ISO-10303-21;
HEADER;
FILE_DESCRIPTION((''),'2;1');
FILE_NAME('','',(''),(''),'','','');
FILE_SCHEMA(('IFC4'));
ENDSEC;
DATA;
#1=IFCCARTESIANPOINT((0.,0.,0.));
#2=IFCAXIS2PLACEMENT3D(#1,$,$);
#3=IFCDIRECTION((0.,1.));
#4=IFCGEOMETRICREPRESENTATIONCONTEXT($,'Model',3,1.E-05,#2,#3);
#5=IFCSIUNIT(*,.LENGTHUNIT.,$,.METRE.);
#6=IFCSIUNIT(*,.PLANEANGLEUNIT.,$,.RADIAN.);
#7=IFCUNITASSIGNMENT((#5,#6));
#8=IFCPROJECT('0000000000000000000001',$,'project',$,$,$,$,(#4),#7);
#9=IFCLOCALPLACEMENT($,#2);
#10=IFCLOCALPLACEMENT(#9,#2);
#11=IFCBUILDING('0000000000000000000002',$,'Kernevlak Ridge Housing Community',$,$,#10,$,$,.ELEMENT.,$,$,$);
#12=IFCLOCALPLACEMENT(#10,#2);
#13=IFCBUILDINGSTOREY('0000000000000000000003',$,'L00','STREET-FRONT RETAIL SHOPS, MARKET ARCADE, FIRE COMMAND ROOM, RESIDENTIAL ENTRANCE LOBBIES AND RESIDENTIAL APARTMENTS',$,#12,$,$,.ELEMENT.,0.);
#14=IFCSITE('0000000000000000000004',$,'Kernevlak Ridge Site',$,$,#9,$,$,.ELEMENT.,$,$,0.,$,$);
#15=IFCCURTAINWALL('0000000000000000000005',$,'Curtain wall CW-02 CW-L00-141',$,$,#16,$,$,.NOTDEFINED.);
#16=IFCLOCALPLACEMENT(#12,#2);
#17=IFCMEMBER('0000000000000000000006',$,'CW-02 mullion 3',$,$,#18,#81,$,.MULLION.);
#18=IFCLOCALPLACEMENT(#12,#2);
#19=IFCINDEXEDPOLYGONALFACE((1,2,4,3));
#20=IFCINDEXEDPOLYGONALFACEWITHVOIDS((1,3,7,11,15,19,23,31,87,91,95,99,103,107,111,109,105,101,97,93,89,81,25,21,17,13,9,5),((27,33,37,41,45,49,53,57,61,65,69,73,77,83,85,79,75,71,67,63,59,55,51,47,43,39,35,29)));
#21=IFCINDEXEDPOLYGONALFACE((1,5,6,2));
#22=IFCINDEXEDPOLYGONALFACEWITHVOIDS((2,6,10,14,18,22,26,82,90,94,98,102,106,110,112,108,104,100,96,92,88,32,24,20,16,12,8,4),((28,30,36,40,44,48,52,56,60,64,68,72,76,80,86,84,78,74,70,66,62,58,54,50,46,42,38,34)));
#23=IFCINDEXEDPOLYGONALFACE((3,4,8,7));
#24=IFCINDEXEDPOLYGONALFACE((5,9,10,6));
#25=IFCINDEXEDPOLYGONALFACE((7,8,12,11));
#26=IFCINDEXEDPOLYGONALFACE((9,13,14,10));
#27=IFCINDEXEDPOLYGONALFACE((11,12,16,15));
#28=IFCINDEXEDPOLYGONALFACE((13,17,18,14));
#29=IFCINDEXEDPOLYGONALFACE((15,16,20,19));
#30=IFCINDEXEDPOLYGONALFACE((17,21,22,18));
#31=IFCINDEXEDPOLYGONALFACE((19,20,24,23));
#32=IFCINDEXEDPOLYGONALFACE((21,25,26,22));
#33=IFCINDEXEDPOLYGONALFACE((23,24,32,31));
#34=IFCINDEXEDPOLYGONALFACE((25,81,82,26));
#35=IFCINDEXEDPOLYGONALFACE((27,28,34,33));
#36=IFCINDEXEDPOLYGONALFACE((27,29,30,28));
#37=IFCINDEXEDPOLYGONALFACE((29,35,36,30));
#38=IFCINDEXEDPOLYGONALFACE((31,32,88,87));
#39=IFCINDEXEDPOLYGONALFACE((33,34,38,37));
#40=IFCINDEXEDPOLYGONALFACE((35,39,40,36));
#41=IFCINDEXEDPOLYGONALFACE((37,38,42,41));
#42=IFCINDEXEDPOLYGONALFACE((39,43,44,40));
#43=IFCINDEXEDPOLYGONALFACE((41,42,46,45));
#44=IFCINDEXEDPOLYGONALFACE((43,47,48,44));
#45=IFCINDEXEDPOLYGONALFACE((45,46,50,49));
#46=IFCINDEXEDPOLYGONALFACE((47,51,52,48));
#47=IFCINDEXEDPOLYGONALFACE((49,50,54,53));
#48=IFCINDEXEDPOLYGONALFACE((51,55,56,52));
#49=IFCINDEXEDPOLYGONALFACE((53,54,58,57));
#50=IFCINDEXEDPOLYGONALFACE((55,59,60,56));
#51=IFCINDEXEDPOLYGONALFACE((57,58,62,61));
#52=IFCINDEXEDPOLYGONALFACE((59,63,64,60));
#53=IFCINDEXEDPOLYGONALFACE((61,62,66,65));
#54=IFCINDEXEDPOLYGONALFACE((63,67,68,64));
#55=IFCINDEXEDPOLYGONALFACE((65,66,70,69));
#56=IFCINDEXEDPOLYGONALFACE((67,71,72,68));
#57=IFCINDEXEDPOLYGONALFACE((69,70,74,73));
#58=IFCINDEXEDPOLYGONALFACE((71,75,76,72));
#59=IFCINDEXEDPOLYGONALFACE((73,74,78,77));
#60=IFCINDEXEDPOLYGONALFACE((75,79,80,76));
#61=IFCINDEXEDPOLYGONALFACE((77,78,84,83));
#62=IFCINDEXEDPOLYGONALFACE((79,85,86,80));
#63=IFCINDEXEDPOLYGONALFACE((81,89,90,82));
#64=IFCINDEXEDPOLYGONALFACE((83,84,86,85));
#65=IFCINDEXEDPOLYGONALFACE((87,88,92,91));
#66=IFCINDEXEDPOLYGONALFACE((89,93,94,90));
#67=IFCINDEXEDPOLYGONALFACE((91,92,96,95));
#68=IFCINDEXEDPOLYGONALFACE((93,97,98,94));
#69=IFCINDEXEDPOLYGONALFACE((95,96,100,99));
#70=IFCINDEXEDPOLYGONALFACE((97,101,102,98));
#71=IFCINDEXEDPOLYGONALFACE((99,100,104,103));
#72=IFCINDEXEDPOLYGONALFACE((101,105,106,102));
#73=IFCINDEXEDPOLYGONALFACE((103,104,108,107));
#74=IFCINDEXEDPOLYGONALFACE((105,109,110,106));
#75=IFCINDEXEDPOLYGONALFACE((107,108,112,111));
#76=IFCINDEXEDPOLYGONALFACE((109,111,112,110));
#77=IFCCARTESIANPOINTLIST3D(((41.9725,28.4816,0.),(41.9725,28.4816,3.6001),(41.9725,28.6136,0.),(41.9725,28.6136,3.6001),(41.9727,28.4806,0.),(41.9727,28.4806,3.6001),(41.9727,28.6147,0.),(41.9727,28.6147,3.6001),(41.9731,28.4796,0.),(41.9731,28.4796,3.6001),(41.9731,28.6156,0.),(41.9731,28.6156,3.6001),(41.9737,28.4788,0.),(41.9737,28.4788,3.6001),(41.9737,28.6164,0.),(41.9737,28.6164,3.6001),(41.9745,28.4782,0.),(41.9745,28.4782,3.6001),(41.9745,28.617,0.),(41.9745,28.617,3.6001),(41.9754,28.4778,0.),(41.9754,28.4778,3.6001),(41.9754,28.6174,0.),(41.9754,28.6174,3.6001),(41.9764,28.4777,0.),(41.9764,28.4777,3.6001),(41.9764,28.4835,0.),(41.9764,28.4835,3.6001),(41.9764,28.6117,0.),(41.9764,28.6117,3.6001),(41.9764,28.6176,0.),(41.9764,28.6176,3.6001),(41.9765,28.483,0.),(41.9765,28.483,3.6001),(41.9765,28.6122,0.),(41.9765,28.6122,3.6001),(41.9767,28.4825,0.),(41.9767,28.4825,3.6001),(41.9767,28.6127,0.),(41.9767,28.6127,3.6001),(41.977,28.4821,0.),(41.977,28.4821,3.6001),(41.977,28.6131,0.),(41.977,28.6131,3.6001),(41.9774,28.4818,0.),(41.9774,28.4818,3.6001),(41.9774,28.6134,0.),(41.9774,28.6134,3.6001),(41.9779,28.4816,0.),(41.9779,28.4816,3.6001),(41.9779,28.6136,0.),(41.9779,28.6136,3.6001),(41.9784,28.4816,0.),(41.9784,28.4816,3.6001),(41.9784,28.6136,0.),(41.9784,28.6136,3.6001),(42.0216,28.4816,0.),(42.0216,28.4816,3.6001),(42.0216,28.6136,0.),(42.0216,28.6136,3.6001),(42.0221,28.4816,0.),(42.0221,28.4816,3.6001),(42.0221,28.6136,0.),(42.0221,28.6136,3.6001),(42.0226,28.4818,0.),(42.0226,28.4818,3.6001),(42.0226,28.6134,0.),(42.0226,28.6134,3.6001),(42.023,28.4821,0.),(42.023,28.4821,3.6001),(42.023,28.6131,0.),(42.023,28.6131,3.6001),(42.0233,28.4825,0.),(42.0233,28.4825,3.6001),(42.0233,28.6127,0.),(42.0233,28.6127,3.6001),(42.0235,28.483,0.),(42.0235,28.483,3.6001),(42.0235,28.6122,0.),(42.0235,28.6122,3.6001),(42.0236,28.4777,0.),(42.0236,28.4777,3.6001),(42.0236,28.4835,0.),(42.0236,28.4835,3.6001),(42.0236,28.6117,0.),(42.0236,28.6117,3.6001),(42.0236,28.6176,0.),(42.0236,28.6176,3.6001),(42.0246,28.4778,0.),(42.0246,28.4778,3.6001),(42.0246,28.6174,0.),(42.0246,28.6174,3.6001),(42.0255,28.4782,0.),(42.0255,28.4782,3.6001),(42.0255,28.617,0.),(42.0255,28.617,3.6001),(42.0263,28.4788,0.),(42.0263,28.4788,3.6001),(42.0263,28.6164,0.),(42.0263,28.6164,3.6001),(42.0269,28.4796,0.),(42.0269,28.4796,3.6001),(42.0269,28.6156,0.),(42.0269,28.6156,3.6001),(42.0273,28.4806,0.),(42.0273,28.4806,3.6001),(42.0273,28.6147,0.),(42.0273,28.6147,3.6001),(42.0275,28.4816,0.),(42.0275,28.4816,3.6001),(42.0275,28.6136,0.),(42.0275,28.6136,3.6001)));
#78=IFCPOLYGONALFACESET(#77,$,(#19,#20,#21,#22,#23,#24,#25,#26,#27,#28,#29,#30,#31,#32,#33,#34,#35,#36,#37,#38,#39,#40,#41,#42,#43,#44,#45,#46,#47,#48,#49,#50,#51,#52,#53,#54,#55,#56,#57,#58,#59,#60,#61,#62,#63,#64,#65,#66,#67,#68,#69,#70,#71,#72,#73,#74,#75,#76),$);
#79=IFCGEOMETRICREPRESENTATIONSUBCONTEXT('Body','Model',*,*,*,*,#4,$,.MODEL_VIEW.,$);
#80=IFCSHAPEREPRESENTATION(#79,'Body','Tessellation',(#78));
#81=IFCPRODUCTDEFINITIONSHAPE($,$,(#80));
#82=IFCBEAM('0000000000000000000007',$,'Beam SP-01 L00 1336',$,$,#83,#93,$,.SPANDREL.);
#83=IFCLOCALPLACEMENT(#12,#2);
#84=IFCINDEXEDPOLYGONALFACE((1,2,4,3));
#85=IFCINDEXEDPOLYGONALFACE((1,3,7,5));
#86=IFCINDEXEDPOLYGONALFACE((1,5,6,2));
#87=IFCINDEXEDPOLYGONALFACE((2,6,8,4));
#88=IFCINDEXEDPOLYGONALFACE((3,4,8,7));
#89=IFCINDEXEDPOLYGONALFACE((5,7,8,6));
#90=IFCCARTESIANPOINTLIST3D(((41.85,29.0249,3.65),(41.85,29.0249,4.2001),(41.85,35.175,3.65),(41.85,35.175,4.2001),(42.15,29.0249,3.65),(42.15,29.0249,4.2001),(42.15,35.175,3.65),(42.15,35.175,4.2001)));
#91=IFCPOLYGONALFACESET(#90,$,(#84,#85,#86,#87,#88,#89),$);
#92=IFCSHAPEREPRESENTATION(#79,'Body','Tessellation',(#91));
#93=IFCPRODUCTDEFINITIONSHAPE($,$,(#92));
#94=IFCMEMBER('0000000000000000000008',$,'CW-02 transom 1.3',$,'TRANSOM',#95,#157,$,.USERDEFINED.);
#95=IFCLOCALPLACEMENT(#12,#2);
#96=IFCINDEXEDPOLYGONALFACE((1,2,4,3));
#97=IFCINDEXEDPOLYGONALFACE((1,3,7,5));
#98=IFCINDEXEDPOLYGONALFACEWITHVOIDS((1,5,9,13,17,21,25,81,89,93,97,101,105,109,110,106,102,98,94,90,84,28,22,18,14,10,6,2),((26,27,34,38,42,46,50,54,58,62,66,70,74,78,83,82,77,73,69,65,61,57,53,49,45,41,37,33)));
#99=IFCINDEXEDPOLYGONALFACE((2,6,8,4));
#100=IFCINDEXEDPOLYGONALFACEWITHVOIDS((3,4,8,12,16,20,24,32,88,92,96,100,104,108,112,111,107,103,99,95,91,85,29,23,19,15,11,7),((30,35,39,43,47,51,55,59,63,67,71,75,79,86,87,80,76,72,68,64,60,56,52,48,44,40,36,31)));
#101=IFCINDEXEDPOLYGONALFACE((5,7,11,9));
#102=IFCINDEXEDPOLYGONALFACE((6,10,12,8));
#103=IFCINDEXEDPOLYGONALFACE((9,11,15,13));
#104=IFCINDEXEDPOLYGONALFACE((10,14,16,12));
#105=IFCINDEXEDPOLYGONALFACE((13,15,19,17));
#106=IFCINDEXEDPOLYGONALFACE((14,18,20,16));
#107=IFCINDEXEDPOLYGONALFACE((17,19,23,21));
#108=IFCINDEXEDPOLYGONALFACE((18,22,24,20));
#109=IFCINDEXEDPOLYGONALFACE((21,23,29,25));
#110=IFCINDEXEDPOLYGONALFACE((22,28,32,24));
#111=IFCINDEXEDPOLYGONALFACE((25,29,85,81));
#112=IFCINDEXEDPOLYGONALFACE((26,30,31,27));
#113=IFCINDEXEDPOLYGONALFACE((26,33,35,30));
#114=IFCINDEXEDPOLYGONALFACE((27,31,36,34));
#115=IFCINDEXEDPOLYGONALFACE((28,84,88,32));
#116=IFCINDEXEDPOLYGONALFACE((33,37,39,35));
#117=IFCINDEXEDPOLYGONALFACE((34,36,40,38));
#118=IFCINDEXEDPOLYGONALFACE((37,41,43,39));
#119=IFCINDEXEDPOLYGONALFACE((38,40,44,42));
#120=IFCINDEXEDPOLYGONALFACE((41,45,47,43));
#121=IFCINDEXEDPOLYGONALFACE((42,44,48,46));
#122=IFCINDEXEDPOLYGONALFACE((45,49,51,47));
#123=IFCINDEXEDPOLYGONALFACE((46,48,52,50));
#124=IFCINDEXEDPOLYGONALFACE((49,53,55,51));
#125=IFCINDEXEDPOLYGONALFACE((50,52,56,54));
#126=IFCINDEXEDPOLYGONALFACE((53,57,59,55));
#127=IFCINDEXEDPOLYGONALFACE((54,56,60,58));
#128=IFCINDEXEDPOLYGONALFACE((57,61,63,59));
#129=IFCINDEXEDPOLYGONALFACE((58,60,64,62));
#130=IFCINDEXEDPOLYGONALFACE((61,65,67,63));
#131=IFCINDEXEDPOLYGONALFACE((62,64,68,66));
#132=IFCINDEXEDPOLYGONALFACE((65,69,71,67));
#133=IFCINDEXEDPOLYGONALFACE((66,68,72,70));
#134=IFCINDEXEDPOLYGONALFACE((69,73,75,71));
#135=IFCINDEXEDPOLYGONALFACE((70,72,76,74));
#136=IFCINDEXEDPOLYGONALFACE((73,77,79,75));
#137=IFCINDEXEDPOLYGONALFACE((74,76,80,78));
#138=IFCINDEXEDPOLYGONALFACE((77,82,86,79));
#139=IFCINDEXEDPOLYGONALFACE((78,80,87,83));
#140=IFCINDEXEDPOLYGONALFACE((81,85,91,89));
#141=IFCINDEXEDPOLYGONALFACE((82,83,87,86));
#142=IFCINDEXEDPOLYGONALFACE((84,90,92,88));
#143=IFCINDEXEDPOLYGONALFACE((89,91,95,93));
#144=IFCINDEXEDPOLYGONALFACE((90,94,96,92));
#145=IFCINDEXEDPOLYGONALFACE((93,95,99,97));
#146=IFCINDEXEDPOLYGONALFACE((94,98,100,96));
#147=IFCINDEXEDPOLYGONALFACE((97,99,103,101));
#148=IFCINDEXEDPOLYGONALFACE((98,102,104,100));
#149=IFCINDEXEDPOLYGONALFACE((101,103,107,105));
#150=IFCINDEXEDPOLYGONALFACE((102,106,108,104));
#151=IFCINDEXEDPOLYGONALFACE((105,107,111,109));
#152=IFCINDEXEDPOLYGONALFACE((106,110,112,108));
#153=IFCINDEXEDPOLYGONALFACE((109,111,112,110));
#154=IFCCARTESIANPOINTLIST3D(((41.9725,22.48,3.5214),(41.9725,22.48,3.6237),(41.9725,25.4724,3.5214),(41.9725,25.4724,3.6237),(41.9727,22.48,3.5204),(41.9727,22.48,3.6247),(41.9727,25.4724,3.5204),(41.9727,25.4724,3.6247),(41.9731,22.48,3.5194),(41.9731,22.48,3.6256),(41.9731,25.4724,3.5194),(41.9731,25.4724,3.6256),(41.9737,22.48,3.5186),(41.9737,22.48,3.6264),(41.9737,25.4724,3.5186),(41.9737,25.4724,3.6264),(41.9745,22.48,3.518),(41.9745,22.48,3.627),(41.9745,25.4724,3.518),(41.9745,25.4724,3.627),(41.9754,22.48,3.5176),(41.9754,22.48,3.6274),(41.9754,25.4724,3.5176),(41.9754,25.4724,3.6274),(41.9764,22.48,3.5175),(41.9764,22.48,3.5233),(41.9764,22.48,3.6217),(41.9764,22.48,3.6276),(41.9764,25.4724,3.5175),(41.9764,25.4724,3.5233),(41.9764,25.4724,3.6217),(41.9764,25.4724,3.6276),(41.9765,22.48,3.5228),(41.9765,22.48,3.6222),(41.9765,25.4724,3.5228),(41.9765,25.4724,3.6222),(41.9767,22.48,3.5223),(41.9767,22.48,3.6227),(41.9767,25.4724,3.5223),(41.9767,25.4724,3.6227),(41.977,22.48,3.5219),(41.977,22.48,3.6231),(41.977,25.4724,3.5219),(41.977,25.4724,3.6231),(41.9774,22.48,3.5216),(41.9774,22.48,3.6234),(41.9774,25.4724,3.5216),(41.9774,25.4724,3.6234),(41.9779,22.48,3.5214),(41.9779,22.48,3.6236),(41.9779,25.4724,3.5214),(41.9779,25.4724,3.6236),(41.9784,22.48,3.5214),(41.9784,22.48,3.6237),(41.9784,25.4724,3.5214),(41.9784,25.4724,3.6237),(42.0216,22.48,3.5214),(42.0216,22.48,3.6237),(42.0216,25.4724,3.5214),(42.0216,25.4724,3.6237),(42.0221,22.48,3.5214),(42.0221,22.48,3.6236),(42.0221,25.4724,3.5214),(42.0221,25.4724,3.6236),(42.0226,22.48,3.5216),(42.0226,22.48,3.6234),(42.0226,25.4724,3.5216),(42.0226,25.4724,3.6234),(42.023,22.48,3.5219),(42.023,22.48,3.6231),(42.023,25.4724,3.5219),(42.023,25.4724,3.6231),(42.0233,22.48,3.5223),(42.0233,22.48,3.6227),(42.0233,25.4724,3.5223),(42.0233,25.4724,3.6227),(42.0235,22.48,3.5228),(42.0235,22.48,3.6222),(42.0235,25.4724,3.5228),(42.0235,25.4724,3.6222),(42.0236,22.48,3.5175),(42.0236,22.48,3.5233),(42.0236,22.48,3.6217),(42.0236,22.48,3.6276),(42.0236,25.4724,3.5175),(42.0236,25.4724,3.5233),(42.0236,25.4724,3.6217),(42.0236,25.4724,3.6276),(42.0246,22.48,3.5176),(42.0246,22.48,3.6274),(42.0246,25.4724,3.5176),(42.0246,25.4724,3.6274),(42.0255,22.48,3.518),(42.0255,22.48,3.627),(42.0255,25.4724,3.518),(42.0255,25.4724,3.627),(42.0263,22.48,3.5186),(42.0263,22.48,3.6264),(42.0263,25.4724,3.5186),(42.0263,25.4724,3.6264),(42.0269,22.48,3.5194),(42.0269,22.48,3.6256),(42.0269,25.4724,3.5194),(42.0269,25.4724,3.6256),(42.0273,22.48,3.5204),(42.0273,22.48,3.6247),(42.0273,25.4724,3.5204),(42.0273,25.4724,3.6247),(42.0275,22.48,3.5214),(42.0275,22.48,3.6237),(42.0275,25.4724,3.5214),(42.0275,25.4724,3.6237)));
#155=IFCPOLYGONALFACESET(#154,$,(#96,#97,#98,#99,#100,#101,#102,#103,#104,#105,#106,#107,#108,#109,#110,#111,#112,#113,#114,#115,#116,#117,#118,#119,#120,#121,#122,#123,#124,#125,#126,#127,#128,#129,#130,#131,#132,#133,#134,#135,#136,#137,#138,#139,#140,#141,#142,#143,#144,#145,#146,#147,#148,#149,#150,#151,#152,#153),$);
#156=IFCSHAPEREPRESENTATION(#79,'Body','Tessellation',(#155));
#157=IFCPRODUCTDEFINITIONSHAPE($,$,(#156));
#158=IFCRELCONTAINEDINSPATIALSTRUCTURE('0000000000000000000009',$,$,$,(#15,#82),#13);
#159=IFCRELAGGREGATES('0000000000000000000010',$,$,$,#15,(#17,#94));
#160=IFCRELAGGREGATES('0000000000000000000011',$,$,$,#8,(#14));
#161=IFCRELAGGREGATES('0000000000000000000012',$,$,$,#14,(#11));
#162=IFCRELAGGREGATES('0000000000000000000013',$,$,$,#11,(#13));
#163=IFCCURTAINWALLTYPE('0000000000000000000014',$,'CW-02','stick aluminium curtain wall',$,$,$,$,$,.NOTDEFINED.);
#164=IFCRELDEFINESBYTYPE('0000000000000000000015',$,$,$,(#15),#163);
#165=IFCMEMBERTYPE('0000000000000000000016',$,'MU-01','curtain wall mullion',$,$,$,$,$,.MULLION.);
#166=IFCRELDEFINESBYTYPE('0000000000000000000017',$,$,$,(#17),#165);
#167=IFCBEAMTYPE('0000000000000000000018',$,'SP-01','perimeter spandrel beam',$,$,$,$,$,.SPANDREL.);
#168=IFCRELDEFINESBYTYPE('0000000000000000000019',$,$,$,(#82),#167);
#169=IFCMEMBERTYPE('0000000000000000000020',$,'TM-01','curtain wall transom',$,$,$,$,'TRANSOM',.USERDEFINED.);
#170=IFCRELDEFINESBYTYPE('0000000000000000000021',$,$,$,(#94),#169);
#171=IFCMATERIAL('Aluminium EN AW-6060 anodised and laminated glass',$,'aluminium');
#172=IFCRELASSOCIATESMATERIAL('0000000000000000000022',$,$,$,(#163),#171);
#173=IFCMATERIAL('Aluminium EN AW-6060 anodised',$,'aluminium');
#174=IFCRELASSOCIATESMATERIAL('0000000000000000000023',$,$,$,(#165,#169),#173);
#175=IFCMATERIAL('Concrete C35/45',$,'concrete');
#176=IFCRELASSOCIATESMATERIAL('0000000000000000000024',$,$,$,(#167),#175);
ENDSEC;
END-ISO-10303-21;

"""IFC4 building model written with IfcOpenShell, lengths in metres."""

from ifc_helpers import new_model, si_unit, direction, frame, origin, origin_2d, place, context, subcontext, project, spatial, rectangle, hollow_rectangle, extrude, material, material_profile, profile_set, type_object, element, aggregate, save


model = new_model("IFC4")

# Units and contexts
model_context = context("Model", 3, precision=1e-05, world=origin(), true_north=direction((0.0, 1.0)))
body_context = subcontext(model_context, "Body", "Model", "MODEL_VIEW")
ifc_project = project(units=[si_unit("LENGTHUNIT", "METRE"), si_unit("PLANEANGLEUNIT", "RADIAN")], contexts=[model_context])

# Site, building, storey
site_placement = place(None, origin())
site = spatial("IfcSite", under=ifc_project, at=site_placement, Name="Kernevlak Ridge Site", CompositionType="ELEMENT", RefElevation=0.0)
building_placement = place(site_placement, origin())
building = spatial("IfcBuilding", under=site, at=building_placement, Name="Kernevlak Ridge Housing Community", CompositionType="ELEMENT")
storey_placement = place(building_placement, origin())
storey = spatial("IfcBuildingStorey", under=building, at=storey_placement, Name="L00", Description="STREET-FRONT RETAIL SHOPS, MARKET ARCADE, FIRE COMMAND ROOM, RESIDENTIAL ENTRANCE LOBBIES AND RESIDENTIAL APARTMENTS", CompositionType="ELEMENT", Elevation=0.0)

# Shared definitions
ifc_material_1 = material(Name="Concrete C35/45", Category="concrete")

# Curtain wall, member
ifc_material_2 = material(Name="Aluminium EN AW-6060 anodised and laminated glass", Category="aluminium")
curtain_wall_type = type_object("IfcCurtainWallType", Name="CW-02", Description="stick aluminium curtain wall", PredefinedType="NOTDEFINED", material=ifc_material_2)
curtain_wall_placement = place(storey_placement, origin())
curtain_wall = element("IfcCurtainWall", 1, at=curtain_wall_placement, inside=storey, type_object=curtain_wall_type, Name="Curtain wall CW-02 CW-L00-141", PredefinedType="NOTDEFINED")
ifc_material_3 = material(Name="Aluminium EN AW-6060 anodised", Category="aluminium")
ifc_material_profile_1 = material_profile(ifc_material_3, hollow_rectangle(XDim=0.0549, YDim=0.1399, WallThickness=0.0039, InnerFilletRadius=0.002, OuterFilletRadius=0.0039, at=origin_2d()), Name="ALU 55x140x4")
ifc_profile_set_1 = profile_set([ifc_material_profile_1], Name="Aluminium EN AW-6060 anodised")
member_type_1 = type_object("IfcMemberType", Name="MU-01", Description="curtain wall mullion", PredefinedType="MULLION", material=ifc_profile_set_1)
member_1_placement = place(storey_placement, frame((42.0, 28.5476, 0.0), z_axis=(0.0, 0.0, 1.0), x_axis=(-1.0, 0.0, 0.0)))
member_1 = element("IfcMember", 2, at=member_1_placement, type_object=member_type_1, Name="CW-02 mullion 3", PredefinedType="MULLION", context=body_context, shape_type="SweptSolid", body=[
    extrude(hollow_rectangle(XDim=0.0549, YDim=0.1399, WallThickness=0.0039, InnerFilletRadius=0.002, OuterFilletRadius=0.0039, at=origin_2d()), origin(), (0.0, 0.0, 1.0), 3.6001),
])

# Beam
ifc_material_profile_2 = material_profile(ifc_material_1, rectangle(XDim=0.3, YDim=0.55, at=origin_2d()), Name="RC 300x550")
ifc_profile_set_2 = profile_set([ifc_material_profile_2], Name="Concrete C35/45")
beam_type_1 = type_object("IfcBeamType", Name="SP-01", Description="perimeter spandrel beam", PredefinedType="SPANDREL", material=ifc_profile_set_2)
beam_1_placement = place(storey_placement, frame((42.0, 29.0249, 3.925), z_axis=(0.0, 1.0, 0.0), x_axis=(-1.0, 0.0, 0.0)))
element("IfcBeam", 3, at=beam_1_placement, inside=storey, type_object=beam_type_1, Name="Beam SP-01 L00 1336", PredefinedType="SPANDREL", context=body_context, shape_type="SweptSolid", body=[
    extrude(rectangle(XDim=0.3, YDim=0.55, at=origin_2d()), origin(), (0.0, 0.0, 1.0), 6.1501),
])

# Member
ifc_material_profile_3 = material_profile(ifc_material_3, hollow_rectangle(XDim=0.0549, YDim=0.1101, WallThickness=0.0039, InnerFilletRadius=0.002, OuterFilletRadius=0.0039, at=origin_2d()), Name="ALU 55x110x4")
ifc_profile_set_3 = profile_set([ifc_material_profile_3], Name="Aluminium EN AW-6060 anodised")
member_type_2 = type_object("IfcMemberType", Name="TM-01", Description="curtain wall transom", ElementType="TRANSOM", PredefinedType="USERDEFINED", material=ifc_profile_set_3)
member_2_placement = place(storey_placement, frame((42.0, 22.48, 3.5725), z_axis=(0.0, 1.0, 0.0), x_axis=(-1.0, 0.0, 0.0)))
member_2 = element("IfcMember", 4, at=member_2_placement, type_object=member_type_2, Name="CW-02 transom 1.3", ObjectType="TRANSOM", PredefinedType="USERDEFINED", context=body_context, shape_type="SweptSolid", body=[
    extrude(hollow_rectangle(XDim=0.0549, YDim=0.1101, WallThickness=0.0039, InnerFilletRadius=0.002, OuterFilletRadius=0.0039, at=origin_2d()), origin(), (0.0, 0.0, 1.0), 2.9924),
])

aggregate(curtain_wall, [member_1, member_2])

save(model, "model.ifc")
